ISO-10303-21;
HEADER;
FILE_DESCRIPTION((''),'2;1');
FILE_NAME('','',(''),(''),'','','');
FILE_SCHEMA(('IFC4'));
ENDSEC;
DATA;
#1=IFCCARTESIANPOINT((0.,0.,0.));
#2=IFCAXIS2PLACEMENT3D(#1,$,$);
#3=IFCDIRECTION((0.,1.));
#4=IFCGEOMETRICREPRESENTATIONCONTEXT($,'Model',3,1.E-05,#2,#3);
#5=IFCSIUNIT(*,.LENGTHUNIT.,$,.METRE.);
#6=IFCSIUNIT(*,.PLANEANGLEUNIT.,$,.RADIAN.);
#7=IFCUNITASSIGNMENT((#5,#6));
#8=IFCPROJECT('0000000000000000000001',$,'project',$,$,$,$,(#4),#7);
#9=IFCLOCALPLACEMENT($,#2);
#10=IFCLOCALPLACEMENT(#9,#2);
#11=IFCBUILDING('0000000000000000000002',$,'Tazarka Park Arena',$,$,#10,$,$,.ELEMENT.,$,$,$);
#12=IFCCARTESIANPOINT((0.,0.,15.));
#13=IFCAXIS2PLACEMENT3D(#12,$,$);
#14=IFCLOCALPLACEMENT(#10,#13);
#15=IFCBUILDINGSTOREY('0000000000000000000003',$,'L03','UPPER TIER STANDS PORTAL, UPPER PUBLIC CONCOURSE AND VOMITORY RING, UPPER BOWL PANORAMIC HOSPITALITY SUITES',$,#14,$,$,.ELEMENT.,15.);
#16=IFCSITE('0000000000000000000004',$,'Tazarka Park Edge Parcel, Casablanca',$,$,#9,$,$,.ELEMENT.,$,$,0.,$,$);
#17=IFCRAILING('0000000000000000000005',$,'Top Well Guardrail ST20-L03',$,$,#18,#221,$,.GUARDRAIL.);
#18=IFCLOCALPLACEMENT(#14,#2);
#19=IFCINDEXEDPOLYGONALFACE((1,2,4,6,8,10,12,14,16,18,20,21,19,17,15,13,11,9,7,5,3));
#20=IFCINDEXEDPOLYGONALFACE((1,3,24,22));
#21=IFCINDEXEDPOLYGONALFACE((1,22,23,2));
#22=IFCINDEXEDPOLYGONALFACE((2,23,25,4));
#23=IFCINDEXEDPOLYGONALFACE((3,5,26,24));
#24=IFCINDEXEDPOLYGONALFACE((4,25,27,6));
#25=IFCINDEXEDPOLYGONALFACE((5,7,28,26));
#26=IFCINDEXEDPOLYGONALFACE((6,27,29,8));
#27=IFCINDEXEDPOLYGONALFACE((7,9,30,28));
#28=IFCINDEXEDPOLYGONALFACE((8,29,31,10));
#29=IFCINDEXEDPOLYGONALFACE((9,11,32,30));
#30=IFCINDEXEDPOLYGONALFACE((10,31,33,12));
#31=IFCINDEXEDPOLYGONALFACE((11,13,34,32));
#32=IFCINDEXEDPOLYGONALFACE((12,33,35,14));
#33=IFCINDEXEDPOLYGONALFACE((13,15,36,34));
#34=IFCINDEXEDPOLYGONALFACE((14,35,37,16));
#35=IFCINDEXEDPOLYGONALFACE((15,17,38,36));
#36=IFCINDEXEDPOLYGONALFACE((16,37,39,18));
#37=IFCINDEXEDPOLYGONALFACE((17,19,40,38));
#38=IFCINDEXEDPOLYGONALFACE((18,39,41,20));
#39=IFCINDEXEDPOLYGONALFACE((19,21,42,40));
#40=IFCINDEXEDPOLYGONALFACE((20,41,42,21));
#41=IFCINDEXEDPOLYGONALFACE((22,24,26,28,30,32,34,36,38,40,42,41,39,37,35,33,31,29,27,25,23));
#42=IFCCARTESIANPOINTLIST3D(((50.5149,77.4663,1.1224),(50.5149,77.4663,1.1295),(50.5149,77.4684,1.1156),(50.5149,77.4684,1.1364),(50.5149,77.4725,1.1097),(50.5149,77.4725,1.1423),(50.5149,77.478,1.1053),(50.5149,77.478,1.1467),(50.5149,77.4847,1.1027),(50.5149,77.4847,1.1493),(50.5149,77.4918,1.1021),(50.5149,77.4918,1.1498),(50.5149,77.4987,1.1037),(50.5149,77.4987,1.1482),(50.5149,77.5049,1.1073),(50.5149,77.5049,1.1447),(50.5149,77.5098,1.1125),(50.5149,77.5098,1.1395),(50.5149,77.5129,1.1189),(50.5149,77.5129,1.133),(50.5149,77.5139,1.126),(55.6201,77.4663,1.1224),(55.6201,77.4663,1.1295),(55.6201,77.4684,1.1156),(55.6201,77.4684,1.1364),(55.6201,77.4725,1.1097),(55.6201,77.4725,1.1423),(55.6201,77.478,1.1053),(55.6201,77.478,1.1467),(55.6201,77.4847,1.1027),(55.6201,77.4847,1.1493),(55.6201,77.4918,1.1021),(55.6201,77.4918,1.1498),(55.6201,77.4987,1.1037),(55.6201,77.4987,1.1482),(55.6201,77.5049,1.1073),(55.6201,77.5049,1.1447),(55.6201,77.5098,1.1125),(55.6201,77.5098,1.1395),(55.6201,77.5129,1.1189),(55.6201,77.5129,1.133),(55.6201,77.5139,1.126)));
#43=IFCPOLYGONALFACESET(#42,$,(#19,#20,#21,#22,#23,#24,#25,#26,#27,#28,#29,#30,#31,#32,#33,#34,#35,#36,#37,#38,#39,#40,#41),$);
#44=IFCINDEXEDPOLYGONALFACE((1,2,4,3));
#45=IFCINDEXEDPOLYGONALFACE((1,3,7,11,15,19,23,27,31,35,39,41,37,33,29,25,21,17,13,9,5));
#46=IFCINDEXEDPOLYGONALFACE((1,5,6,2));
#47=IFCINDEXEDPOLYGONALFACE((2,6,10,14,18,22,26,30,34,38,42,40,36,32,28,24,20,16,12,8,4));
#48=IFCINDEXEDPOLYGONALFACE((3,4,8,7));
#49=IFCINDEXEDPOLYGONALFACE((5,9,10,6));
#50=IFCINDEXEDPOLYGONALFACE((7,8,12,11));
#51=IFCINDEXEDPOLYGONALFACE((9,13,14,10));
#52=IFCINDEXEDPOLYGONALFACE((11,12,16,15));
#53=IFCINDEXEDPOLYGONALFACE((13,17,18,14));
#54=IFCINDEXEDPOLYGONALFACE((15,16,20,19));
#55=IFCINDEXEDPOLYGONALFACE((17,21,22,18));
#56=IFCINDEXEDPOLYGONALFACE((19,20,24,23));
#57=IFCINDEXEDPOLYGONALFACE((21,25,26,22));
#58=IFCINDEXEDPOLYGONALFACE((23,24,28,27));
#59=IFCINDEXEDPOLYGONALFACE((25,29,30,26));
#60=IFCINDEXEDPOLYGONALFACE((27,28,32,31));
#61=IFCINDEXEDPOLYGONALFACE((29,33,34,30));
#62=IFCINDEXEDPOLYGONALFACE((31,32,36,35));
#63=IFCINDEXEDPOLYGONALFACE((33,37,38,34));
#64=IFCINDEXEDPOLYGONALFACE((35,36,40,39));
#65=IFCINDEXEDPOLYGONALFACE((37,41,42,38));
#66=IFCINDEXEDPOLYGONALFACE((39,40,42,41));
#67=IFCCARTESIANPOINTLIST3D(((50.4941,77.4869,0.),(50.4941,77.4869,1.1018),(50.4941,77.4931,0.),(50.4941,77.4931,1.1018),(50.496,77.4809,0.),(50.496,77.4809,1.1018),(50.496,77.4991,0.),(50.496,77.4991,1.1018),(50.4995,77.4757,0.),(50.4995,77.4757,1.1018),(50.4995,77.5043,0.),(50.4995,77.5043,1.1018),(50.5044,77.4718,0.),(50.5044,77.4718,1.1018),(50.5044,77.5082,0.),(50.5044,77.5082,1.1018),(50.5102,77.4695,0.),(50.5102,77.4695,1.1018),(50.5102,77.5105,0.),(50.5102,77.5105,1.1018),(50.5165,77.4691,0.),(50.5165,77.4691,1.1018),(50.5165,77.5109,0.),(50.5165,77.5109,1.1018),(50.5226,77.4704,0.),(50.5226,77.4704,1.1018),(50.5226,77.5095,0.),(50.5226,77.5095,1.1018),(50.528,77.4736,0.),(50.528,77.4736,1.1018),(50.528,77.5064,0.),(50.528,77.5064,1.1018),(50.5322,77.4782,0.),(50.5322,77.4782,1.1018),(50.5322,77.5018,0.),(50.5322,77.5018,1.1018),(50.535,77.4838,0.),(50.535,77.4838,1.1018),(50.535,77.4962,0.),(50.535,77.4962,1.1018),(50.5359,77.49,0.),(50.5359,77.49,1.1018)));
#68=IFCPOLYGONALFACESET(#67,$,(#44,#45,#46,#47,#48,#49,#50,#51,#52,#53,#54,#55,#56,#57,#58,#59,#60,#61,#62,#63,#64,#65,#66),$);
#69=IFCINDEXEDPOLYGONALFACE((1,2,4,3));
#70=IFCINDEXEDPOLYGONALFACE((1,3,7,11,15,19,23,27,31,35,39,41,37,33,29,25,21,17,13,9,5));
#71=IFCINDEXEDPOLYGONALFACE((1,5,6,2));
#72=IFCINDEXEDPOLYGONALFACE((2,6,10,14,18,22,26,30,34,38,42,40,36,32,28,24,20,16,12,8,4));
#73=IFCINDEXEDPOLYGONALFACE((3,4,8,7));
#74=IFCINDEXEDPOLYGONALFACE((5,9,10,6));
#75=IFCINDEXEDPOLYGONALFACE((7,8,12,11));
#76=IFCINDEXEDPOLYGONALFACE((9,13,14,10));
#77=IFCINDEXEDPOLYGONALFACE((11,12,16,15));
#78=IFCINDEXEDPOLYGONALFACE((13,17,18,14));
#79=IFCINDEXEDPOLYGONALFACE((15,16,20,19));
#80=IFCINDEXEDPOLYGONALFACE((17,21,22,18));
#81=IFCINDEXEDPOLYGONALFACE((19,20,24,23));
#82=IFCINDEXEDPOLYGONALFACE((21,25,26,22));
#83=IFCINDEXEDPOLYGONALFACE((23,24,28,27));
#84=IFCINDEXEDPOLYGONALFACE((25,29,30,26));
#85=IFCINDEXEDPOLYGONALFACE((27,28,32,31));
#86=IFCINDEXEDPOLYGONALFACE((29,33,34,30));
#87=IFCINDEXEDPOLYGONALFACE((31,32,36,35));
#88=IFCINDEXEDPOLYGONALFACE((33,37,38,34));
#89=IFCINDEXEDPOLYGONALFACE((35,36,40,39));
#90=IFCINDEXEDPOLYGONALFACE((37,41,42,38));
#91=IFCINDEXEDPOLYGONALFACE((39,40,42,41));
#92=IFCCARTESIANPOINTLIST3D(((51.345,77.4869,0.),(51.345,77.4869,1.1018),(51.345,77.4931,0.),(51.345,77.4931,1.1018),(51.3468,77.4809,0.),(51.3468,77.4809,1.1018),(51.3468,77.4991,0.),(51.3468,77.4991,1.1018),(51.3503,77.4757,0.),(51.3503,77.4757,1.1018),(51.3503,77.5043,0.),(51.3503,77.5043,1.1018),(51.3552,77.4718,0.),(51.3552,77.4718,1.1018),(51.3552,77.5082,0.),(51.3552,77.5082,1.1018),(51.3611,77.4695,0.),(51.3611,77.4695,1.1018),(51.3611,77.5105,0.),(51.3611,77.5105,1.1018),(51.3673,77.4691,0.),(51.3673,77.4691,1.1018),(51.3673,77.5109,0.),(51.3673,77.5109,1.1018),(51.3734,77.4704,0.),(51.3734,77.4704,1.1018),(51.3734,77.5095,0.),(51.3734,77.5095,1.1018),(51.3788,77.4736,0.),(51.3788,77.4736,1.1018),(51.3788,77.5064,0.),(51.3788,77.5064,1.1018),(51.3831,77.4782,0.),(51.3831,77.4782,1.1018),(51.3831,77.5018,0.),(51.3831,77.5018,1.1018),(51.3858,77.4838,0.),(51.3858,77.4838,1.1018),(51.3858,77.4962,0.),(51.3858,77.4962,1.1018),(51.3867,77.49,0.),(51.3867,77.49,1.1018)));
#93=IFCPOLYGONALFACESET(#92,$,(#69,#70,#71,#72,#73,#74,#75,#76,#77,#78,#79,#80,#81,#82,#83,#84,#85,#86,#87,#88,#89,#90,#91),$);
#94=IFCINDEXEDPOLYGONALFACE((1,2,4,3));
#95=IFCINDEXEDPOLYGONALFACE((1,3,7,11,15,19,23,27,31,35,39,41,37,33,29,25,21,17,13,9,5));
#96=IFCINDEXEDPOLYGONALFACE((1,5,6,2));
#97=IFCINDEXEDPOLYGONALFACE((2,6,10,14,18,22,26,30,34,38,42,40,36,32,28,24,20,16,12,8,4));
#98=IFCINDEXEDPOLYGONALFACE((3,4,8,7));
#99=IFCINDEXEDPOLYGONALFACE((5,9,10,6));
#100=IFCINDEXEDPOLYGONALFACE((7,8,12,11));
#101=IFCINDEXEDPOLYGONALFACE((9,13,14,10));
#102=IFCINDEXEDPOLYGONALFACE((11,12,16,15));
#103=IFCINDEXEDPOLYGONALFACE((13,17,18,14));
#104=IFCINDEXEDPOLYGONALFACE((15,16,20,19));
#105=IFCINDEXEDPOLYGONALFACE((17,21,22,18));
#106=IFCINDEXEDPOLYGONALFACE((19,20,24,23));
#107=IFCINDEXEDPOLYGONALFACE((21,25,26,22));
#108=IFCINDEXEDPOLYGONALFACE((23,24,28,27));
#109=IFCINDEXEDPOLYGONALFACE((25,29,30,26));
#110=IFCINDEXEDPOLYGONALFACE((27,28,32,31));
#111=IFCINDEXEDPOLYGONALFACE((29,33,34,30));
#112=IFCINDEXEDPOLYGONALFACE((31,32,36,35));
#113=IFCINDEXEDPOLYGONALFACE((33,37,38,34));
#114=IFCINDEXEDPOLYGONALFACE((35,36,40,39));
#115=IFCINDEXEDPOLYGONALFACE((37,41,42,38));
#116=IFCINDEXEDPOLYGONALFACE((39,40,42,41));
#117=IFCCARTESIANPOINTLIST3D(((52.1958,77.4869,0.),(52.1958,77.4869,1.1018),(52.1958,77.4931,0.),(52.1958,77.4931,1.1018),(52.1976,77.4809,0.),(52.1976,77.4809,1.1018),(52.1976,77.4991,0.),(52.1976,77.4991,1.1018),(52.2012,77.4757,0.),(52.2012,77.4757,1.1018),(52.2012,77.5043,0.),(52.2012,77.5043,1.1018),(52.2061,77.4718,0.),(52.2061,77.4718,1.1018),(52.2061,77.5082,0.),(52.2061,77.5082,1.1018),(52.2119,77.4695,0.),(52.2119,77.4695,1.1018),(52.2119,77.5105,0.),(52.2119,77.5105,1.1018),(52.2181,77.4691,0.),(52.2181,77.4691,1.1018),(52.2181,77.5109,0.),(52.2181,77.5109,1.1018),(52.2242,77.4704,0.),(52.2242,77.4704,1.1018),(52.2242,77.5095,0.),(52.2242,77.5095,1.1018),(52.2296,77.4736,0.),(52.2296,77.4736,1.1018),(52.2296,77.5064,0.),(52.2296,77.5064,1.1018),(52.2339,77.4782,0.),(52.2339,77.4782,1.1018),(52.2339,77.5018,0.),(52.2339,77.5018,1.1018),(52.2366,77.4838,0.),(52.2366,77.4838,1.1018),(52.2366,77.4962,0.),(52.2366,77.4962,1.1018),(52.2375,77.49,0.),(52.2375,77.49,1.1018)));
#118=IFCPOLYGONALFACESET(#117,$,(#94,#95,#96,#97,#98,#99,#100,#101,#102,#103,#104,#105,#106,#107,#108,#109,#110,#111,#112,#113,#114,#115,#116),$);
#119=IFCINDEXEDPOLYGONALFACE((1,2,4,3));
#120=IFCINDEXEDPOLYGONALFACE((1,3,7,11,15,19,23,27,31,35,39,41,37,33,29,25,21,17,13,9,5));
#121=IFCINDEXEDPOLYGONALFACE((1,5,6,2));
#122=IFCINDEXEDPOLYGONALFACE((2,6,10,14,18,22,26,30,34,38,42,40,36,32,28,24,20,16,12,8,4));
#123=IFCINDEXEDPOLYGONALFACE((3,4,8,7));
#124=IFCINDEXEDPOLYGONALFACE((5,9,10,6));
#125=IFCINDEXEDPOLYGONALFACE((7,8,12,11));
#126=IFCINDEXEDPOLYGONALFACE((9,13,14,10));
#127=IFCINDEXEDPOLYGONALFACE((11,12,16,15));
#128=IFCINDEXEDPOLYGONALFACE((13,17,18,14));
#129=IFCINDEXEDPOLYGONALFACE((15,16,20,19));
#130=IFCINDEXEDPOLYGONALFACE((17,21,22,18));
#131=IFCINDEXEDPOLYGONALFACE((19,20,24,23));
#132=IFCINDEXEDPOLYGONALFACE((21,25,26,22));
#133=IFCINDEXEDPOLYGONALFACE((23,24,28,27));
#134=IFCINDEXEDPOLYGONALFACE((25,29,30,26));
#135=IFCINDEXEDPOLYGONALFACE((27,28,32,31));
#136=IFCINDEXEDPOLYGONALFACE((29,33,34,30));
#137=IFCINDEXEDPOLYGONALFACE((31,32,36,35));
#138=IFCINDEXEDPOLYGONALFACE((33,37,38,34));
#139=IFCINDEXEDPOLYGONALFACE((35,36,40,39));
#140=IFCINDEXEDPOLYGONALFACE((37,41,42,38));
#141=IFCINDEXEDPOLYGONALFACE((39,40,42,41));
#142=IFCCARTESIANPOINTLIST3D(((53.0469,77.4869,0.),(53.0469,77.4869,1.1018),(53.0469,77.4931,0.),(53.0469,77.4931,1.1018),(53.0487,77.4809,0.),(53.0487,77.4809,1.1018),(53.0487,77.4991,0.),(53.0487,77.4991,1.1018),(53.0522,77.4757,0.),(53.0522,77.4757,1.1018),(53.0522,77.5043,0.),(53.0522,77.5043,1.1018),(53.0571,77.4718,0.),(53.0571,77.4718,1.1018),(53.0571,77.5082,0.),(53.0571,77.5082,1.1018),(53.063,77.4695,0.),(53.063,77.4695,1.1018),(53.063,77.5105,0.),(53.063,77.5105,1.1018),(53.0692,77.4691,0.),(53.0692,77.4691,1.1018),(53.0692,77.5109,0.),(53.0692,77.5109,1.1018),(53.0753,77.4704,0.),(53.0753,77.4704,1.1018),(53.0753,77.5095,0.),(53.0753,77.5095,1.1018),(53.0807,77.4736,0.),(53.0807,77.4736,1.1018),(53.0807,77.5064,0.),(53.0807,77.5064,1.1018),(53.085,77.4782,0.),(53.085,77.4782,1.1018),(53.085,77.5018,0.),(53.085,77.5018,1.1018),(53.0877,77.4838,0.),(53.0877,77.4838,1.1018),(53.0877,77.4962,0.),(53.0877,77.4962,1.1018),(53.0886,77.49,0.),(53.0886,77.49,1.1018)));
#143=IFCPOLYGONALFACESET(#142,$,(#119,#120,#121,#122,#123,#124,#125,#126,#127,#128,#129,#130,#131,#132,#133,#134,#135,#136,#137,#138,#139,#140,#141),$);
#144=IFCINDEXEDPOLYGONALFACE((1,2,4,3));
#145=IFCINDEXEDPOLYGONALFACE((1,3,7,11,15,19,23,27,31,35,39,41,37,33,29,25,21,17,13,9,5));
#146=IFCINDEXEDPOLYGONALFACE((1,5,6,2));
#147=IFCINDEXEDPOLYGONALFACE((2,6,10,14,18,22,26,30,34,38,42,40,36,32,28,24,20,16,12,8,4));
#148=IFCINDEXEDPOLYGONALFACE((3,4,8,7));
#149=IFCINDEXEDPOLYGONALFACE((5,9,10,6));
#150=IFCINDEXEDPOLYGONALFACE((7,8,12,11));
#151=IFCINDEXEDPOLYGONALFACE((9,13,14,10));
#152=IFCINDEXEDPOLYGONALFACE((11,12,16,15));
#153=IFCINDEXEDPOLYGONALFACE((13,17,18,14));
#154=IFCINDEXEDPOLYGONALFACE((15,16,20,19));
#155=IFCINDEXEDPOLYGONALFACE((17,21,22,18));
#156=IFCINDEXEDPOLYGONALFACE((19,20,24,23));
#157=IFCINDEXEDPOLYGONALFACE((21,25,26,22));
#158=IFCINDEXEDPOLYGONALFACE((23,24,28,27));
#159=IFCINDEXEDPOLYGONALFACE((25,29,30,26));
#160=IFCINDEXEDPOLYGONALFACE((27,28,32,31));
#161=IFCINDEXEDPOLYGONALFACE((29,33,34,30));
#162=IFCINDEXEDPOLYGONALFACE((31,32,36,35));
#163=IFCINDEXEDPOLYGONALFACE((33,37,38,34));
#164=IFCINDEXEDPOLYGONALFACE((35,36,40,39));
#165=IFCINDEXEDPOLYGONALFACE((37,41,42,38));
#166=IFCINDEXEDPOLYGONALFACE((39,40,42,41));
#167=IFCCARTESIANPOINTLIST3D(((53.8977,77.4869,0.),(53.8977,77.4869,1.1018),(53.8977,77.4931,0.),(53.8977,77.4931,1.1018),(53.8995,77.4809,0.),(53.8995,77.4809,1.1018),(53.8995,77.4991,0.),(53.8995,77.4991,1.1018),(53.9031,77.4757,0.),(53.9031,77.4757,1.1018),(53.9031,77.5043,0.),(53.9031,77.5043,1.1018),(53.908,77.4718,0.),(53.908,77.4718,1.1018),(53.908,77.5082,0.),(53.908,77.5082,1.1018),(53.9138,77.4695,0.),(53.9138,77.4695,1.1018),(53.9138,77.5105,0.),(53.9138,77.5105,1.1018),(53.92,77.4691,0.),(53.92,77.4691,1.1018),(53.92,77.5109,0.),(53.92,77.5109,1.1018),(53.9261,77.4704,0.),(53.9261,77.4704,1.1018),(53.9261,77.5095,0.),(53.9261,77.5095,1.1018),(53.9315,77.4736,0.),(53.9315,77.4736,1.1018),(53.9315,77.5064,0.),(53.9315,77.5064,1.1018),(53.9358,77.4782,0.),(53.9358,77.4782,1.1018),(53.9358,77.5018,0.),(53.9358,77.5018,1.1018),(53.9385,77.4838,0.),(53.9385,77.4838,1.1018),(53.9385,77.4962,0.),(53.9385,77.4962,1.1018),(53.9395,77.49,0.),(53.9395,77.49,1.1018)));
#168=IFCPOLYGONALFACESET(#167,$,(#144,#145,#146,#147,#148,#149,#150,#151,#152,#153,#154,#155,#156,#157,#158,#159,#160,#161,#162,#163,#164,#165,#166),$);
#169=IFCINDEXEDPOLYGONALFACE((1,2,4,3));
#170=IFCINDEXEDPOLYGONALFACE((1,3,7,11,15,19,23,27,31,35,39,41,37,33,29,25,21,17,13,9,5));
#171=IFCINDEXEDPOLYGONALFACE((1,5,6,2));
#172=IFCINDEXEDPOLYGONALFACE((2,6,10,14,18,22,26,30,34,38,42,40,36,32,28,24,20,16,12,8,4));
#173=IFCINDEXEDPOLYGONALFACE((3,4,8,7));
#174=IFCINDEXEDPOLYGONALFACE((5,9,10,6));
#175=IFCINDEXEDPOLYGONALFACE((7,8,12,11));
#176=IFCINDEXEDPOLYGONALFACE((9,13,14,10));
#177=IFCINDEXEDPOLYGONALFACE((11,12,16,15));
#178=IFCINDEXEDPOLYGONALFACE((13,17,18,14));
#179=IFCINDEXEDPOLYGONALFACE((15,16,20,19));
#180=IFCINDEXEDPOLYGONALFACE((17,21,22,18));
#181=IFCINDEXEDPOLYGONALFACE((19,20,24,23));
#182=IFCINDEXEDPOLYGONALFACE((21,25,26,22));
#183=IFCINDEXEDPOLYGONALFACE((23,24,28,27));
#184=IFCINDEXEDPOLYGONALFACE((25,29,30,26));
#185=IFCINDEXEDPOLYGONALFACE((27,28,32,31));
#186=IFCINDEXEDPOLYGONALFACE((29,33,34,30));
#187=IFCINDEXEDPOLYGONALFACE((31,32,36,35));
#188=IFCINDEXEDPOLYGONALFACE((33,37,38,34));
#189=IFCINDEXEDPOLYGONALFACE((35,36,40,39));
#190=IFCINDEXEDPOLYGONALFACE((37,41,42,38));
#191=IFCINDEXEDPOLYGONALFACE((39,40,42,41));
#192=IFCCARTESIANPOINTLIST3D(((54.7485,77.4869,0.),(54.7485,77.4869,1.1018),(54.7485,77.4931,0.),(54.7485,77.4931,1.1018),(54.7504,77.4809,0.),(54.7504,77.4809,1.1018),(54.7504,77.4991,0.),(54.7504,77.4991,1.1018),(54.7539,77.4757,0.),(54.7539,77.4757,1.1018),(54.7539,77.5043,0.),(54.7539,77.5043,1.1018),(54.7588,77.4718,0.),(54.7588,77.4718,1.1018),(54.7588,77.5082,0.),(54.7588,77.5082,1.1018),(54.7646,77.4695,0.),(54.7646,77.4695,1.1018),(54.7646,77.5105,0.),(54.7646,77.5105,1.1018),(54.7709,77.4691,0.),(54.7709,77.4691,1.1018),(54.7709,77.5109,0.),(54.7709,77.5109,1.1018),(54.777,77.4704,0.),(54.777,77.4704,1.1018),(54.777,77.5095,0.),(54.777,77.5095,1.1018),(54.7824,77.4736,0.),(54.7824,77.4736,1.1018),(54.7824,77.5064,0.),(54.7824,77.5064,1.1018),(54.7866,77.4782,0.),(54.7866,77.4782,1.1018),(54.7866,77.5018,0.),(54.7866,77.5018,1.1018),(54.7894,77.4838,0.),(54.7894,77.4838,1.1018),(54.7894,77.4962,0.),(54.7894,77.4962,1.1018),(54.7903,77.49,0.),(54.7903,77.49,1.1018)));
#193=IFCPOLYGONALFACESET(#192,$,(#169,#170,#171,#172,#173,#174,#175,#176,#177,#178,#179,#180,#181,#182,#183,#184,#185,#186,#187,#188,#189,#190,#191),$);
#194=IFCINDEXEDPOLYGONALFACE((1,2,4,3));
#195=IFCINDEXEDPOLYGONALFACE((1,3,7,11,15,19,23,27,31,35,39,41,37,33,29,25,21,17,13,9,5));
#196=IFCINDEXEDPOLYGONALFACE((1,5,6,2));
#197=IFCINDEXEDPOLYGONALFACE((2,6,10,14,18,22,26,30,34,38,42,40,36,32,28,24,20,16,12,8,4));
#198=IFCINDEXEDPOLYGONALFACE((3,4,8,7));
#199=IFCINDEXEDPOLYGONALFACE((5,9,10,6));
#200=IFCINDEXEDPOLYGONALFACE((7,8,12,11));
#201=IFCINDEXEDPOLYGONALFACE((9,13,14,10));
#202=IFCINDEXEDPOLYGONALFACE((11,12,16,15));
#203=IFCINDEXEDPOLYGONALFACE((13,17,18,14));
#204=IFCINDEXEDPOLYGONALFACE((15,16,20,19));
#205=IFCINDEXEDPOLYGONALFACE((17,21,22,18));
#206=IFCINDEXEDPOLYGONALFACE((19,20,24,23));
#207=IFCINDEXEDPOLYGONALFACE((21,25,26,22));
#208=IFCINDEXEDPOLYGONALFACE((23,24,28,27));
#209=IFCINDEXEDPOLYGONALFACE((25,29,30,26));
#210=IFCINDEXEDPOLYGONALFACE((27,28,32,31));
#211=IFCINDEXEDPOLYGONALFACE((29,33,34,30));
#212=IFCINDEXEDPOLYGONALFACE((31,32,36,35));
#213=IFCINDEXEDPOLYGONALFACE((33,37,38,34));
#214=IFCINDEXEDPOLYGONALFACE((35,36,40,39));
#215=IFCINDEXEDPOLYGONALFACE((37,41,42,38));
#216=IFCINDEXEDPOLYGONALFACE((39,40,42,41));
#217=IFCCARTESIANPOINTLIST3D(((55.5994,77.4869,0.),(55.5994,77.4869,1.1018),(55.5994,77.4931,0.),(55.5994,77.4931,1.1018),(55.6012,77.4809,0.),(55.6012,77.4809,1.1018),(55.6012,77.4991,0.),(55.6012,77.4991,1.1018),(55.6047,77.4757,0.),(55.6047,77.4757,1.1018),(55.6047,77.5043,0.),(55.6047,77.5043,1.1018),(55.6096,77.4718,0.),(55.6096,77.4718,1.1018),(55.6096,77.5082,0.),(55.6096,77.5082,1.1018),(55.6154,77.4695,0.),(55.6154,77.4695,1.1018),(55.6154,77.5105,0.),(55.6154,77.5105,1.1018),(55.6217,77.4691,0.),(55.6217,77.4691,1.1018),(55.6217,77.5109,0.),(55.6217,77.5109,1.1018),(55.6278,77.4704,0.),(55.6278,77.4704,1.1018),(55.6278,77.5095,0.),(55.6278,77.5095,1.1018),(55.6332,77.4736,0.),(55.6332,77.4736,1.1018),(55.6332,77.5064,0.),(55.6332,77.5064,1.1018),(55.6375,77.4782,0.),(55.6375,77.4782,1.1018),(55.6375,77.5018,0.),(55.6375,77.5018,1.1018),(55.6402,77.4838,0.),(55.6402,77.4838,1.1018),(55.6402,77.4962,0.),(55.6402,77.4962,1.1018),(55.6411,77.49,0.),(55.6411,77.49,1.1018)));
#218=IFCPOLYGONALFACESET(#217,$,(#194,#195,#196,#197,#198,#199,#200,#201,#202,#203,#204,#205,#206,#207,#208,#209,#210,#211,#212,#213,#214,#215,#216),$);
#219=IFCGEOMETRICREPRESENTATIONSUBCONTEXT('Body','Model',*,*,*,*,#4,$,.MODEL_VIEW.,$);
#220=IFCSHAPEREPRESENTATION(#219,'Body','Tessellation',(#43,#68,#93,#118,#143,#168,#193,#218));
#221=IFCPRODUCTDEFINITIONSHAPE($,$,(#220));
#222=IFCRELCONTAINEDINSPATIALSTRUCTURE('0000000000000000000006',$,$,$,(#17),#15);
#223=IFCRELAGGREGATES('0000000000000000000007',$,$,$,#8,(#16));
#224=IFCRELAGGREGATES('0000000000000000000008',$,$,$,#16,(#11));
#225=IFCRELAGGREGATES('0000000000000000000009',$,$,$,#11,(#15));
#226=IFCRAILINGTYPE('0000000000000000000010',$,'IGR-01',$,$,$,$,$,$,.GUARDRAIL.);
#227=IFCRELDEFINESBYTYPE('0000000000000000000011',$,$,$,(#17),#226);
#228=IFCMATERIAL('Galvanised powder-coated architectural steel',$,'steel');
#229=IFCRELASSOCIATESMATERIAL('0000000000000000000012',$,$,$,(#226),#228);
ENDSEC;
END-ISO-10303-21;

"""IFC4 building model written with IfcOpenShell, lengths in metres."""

from ifc_helpers import new_model, si_unit, direction, frame, origin, origin_2d, place, context, subcontext, project, spatial, circle, extrude, material, type_object, element, save


model = new_model("IFC4")

# Units and contexts
model_context = context("Model", 3, precision=1e-05, world=origin(), true_north=direction((0.0, 1.0)))
body_context = subcontext(model_context, "Body", "Model", "MODEL_VIEW")
ifc_project = project(units=[si_unit("LENGTHUNIT", "METRE"), si_unit("PLANEANGLEUNIT", "RADIAN")], contexts=[model_context])

# Site, building, storey
site_placement = place(None, origin())
site = spatial("IfcSite", under=ifc_project, at=site_placement, Name="Tazarka Park Edge Parcel, Casablanca", CompositionType="ELEMENT", RefElevation=0.0)
building_placement = place(site_placement, origin())
building = spatial("IfcBuilding", under=site, at=building_placement, Name="Tazarka Park Arena", CompositionType="ELEMENT")
storey_placement = place(building_placement, frame((0.0, 0.0, 15.0)))
storey = spatial("IfcBuildingStorey", under=building, at=storey_placement, Name="L03", Description="UPPER TIER STANDS PORTAL, UPPER PUBLIC CONCOURSE AND VOMITORY RING, UPPER BOWL PANORAMIC HOSPITALITY SUITES", CompositionType="ELEMENT", Elevation=15.0)

# Railing
ifc_material_1 = material(Name="Galvanised powder-coated architectural steel", Category="steel")
railing_type = type_object("IfcRailingType", Name="IGR-01", PredefinedType="GUARDRAIL", material=ifc_material_1)
railing_1_placement = place(storey_placement, frame((50.5149, 77.49, 0.0)))
element("IfcRailing", 1, at=railing_1_placement, inside=storey, type_object=railing_type, Name="Top Well Guardrail ST20-L03", PredefinedType="GUARDRAIL", context=body_context, shape_type="SweptSolid", body=[
    extrude(circle(Radius=0.0239, at=origin_2d()), frame((0.0, 0.0, 1.126), z_axis=(1.0, 0.0, 0.0), x_axis=(0.0, 1.0, 0.0)), (0.0, 0.0, 1.0), 5.1052),
    extrude(circle(Radius=0.021, at=origin_2d()), origin(), (0.0, 0.0, 1.0), 1.1018),
    extrude(circle(Radius=0.021, at=origin_2d()), frame((0.8508, 0.0, 0.0)), (0.0, 0.0, 1.0), 1.1018),
    extrude(circle(Radius=0.021, at=origin_2d()), frame((1.7017, 0.0, 0.0)), (0.0, 0.0, 1.0), 1.1018),
    extrude(circle(Radius=0.021, at=origin_2d()), frame((2.5527, 0.0, 0.0)), (0.0, 0.0, 1.0), 1.1018),
    extrude(circle(Radius=0.021, at=origin_2d()), frame((3.4036, 0.0, 0.0)), (0.0, 0.0, 1.0), 1.1018),
    extrude(circle(Radius=0.021, at=origin_2d()), frame((4.2544, 0.0, 0.0)), (0.0, 0.0, 1.0), 1.1018),
    extrude(circle(Radius=0.021, at=origin_2d()), frame((5.1052, 0.0, 0.0)), (0.0, 0.0, 1.0), 1.1018),
])

save(model, "model.ifc")
